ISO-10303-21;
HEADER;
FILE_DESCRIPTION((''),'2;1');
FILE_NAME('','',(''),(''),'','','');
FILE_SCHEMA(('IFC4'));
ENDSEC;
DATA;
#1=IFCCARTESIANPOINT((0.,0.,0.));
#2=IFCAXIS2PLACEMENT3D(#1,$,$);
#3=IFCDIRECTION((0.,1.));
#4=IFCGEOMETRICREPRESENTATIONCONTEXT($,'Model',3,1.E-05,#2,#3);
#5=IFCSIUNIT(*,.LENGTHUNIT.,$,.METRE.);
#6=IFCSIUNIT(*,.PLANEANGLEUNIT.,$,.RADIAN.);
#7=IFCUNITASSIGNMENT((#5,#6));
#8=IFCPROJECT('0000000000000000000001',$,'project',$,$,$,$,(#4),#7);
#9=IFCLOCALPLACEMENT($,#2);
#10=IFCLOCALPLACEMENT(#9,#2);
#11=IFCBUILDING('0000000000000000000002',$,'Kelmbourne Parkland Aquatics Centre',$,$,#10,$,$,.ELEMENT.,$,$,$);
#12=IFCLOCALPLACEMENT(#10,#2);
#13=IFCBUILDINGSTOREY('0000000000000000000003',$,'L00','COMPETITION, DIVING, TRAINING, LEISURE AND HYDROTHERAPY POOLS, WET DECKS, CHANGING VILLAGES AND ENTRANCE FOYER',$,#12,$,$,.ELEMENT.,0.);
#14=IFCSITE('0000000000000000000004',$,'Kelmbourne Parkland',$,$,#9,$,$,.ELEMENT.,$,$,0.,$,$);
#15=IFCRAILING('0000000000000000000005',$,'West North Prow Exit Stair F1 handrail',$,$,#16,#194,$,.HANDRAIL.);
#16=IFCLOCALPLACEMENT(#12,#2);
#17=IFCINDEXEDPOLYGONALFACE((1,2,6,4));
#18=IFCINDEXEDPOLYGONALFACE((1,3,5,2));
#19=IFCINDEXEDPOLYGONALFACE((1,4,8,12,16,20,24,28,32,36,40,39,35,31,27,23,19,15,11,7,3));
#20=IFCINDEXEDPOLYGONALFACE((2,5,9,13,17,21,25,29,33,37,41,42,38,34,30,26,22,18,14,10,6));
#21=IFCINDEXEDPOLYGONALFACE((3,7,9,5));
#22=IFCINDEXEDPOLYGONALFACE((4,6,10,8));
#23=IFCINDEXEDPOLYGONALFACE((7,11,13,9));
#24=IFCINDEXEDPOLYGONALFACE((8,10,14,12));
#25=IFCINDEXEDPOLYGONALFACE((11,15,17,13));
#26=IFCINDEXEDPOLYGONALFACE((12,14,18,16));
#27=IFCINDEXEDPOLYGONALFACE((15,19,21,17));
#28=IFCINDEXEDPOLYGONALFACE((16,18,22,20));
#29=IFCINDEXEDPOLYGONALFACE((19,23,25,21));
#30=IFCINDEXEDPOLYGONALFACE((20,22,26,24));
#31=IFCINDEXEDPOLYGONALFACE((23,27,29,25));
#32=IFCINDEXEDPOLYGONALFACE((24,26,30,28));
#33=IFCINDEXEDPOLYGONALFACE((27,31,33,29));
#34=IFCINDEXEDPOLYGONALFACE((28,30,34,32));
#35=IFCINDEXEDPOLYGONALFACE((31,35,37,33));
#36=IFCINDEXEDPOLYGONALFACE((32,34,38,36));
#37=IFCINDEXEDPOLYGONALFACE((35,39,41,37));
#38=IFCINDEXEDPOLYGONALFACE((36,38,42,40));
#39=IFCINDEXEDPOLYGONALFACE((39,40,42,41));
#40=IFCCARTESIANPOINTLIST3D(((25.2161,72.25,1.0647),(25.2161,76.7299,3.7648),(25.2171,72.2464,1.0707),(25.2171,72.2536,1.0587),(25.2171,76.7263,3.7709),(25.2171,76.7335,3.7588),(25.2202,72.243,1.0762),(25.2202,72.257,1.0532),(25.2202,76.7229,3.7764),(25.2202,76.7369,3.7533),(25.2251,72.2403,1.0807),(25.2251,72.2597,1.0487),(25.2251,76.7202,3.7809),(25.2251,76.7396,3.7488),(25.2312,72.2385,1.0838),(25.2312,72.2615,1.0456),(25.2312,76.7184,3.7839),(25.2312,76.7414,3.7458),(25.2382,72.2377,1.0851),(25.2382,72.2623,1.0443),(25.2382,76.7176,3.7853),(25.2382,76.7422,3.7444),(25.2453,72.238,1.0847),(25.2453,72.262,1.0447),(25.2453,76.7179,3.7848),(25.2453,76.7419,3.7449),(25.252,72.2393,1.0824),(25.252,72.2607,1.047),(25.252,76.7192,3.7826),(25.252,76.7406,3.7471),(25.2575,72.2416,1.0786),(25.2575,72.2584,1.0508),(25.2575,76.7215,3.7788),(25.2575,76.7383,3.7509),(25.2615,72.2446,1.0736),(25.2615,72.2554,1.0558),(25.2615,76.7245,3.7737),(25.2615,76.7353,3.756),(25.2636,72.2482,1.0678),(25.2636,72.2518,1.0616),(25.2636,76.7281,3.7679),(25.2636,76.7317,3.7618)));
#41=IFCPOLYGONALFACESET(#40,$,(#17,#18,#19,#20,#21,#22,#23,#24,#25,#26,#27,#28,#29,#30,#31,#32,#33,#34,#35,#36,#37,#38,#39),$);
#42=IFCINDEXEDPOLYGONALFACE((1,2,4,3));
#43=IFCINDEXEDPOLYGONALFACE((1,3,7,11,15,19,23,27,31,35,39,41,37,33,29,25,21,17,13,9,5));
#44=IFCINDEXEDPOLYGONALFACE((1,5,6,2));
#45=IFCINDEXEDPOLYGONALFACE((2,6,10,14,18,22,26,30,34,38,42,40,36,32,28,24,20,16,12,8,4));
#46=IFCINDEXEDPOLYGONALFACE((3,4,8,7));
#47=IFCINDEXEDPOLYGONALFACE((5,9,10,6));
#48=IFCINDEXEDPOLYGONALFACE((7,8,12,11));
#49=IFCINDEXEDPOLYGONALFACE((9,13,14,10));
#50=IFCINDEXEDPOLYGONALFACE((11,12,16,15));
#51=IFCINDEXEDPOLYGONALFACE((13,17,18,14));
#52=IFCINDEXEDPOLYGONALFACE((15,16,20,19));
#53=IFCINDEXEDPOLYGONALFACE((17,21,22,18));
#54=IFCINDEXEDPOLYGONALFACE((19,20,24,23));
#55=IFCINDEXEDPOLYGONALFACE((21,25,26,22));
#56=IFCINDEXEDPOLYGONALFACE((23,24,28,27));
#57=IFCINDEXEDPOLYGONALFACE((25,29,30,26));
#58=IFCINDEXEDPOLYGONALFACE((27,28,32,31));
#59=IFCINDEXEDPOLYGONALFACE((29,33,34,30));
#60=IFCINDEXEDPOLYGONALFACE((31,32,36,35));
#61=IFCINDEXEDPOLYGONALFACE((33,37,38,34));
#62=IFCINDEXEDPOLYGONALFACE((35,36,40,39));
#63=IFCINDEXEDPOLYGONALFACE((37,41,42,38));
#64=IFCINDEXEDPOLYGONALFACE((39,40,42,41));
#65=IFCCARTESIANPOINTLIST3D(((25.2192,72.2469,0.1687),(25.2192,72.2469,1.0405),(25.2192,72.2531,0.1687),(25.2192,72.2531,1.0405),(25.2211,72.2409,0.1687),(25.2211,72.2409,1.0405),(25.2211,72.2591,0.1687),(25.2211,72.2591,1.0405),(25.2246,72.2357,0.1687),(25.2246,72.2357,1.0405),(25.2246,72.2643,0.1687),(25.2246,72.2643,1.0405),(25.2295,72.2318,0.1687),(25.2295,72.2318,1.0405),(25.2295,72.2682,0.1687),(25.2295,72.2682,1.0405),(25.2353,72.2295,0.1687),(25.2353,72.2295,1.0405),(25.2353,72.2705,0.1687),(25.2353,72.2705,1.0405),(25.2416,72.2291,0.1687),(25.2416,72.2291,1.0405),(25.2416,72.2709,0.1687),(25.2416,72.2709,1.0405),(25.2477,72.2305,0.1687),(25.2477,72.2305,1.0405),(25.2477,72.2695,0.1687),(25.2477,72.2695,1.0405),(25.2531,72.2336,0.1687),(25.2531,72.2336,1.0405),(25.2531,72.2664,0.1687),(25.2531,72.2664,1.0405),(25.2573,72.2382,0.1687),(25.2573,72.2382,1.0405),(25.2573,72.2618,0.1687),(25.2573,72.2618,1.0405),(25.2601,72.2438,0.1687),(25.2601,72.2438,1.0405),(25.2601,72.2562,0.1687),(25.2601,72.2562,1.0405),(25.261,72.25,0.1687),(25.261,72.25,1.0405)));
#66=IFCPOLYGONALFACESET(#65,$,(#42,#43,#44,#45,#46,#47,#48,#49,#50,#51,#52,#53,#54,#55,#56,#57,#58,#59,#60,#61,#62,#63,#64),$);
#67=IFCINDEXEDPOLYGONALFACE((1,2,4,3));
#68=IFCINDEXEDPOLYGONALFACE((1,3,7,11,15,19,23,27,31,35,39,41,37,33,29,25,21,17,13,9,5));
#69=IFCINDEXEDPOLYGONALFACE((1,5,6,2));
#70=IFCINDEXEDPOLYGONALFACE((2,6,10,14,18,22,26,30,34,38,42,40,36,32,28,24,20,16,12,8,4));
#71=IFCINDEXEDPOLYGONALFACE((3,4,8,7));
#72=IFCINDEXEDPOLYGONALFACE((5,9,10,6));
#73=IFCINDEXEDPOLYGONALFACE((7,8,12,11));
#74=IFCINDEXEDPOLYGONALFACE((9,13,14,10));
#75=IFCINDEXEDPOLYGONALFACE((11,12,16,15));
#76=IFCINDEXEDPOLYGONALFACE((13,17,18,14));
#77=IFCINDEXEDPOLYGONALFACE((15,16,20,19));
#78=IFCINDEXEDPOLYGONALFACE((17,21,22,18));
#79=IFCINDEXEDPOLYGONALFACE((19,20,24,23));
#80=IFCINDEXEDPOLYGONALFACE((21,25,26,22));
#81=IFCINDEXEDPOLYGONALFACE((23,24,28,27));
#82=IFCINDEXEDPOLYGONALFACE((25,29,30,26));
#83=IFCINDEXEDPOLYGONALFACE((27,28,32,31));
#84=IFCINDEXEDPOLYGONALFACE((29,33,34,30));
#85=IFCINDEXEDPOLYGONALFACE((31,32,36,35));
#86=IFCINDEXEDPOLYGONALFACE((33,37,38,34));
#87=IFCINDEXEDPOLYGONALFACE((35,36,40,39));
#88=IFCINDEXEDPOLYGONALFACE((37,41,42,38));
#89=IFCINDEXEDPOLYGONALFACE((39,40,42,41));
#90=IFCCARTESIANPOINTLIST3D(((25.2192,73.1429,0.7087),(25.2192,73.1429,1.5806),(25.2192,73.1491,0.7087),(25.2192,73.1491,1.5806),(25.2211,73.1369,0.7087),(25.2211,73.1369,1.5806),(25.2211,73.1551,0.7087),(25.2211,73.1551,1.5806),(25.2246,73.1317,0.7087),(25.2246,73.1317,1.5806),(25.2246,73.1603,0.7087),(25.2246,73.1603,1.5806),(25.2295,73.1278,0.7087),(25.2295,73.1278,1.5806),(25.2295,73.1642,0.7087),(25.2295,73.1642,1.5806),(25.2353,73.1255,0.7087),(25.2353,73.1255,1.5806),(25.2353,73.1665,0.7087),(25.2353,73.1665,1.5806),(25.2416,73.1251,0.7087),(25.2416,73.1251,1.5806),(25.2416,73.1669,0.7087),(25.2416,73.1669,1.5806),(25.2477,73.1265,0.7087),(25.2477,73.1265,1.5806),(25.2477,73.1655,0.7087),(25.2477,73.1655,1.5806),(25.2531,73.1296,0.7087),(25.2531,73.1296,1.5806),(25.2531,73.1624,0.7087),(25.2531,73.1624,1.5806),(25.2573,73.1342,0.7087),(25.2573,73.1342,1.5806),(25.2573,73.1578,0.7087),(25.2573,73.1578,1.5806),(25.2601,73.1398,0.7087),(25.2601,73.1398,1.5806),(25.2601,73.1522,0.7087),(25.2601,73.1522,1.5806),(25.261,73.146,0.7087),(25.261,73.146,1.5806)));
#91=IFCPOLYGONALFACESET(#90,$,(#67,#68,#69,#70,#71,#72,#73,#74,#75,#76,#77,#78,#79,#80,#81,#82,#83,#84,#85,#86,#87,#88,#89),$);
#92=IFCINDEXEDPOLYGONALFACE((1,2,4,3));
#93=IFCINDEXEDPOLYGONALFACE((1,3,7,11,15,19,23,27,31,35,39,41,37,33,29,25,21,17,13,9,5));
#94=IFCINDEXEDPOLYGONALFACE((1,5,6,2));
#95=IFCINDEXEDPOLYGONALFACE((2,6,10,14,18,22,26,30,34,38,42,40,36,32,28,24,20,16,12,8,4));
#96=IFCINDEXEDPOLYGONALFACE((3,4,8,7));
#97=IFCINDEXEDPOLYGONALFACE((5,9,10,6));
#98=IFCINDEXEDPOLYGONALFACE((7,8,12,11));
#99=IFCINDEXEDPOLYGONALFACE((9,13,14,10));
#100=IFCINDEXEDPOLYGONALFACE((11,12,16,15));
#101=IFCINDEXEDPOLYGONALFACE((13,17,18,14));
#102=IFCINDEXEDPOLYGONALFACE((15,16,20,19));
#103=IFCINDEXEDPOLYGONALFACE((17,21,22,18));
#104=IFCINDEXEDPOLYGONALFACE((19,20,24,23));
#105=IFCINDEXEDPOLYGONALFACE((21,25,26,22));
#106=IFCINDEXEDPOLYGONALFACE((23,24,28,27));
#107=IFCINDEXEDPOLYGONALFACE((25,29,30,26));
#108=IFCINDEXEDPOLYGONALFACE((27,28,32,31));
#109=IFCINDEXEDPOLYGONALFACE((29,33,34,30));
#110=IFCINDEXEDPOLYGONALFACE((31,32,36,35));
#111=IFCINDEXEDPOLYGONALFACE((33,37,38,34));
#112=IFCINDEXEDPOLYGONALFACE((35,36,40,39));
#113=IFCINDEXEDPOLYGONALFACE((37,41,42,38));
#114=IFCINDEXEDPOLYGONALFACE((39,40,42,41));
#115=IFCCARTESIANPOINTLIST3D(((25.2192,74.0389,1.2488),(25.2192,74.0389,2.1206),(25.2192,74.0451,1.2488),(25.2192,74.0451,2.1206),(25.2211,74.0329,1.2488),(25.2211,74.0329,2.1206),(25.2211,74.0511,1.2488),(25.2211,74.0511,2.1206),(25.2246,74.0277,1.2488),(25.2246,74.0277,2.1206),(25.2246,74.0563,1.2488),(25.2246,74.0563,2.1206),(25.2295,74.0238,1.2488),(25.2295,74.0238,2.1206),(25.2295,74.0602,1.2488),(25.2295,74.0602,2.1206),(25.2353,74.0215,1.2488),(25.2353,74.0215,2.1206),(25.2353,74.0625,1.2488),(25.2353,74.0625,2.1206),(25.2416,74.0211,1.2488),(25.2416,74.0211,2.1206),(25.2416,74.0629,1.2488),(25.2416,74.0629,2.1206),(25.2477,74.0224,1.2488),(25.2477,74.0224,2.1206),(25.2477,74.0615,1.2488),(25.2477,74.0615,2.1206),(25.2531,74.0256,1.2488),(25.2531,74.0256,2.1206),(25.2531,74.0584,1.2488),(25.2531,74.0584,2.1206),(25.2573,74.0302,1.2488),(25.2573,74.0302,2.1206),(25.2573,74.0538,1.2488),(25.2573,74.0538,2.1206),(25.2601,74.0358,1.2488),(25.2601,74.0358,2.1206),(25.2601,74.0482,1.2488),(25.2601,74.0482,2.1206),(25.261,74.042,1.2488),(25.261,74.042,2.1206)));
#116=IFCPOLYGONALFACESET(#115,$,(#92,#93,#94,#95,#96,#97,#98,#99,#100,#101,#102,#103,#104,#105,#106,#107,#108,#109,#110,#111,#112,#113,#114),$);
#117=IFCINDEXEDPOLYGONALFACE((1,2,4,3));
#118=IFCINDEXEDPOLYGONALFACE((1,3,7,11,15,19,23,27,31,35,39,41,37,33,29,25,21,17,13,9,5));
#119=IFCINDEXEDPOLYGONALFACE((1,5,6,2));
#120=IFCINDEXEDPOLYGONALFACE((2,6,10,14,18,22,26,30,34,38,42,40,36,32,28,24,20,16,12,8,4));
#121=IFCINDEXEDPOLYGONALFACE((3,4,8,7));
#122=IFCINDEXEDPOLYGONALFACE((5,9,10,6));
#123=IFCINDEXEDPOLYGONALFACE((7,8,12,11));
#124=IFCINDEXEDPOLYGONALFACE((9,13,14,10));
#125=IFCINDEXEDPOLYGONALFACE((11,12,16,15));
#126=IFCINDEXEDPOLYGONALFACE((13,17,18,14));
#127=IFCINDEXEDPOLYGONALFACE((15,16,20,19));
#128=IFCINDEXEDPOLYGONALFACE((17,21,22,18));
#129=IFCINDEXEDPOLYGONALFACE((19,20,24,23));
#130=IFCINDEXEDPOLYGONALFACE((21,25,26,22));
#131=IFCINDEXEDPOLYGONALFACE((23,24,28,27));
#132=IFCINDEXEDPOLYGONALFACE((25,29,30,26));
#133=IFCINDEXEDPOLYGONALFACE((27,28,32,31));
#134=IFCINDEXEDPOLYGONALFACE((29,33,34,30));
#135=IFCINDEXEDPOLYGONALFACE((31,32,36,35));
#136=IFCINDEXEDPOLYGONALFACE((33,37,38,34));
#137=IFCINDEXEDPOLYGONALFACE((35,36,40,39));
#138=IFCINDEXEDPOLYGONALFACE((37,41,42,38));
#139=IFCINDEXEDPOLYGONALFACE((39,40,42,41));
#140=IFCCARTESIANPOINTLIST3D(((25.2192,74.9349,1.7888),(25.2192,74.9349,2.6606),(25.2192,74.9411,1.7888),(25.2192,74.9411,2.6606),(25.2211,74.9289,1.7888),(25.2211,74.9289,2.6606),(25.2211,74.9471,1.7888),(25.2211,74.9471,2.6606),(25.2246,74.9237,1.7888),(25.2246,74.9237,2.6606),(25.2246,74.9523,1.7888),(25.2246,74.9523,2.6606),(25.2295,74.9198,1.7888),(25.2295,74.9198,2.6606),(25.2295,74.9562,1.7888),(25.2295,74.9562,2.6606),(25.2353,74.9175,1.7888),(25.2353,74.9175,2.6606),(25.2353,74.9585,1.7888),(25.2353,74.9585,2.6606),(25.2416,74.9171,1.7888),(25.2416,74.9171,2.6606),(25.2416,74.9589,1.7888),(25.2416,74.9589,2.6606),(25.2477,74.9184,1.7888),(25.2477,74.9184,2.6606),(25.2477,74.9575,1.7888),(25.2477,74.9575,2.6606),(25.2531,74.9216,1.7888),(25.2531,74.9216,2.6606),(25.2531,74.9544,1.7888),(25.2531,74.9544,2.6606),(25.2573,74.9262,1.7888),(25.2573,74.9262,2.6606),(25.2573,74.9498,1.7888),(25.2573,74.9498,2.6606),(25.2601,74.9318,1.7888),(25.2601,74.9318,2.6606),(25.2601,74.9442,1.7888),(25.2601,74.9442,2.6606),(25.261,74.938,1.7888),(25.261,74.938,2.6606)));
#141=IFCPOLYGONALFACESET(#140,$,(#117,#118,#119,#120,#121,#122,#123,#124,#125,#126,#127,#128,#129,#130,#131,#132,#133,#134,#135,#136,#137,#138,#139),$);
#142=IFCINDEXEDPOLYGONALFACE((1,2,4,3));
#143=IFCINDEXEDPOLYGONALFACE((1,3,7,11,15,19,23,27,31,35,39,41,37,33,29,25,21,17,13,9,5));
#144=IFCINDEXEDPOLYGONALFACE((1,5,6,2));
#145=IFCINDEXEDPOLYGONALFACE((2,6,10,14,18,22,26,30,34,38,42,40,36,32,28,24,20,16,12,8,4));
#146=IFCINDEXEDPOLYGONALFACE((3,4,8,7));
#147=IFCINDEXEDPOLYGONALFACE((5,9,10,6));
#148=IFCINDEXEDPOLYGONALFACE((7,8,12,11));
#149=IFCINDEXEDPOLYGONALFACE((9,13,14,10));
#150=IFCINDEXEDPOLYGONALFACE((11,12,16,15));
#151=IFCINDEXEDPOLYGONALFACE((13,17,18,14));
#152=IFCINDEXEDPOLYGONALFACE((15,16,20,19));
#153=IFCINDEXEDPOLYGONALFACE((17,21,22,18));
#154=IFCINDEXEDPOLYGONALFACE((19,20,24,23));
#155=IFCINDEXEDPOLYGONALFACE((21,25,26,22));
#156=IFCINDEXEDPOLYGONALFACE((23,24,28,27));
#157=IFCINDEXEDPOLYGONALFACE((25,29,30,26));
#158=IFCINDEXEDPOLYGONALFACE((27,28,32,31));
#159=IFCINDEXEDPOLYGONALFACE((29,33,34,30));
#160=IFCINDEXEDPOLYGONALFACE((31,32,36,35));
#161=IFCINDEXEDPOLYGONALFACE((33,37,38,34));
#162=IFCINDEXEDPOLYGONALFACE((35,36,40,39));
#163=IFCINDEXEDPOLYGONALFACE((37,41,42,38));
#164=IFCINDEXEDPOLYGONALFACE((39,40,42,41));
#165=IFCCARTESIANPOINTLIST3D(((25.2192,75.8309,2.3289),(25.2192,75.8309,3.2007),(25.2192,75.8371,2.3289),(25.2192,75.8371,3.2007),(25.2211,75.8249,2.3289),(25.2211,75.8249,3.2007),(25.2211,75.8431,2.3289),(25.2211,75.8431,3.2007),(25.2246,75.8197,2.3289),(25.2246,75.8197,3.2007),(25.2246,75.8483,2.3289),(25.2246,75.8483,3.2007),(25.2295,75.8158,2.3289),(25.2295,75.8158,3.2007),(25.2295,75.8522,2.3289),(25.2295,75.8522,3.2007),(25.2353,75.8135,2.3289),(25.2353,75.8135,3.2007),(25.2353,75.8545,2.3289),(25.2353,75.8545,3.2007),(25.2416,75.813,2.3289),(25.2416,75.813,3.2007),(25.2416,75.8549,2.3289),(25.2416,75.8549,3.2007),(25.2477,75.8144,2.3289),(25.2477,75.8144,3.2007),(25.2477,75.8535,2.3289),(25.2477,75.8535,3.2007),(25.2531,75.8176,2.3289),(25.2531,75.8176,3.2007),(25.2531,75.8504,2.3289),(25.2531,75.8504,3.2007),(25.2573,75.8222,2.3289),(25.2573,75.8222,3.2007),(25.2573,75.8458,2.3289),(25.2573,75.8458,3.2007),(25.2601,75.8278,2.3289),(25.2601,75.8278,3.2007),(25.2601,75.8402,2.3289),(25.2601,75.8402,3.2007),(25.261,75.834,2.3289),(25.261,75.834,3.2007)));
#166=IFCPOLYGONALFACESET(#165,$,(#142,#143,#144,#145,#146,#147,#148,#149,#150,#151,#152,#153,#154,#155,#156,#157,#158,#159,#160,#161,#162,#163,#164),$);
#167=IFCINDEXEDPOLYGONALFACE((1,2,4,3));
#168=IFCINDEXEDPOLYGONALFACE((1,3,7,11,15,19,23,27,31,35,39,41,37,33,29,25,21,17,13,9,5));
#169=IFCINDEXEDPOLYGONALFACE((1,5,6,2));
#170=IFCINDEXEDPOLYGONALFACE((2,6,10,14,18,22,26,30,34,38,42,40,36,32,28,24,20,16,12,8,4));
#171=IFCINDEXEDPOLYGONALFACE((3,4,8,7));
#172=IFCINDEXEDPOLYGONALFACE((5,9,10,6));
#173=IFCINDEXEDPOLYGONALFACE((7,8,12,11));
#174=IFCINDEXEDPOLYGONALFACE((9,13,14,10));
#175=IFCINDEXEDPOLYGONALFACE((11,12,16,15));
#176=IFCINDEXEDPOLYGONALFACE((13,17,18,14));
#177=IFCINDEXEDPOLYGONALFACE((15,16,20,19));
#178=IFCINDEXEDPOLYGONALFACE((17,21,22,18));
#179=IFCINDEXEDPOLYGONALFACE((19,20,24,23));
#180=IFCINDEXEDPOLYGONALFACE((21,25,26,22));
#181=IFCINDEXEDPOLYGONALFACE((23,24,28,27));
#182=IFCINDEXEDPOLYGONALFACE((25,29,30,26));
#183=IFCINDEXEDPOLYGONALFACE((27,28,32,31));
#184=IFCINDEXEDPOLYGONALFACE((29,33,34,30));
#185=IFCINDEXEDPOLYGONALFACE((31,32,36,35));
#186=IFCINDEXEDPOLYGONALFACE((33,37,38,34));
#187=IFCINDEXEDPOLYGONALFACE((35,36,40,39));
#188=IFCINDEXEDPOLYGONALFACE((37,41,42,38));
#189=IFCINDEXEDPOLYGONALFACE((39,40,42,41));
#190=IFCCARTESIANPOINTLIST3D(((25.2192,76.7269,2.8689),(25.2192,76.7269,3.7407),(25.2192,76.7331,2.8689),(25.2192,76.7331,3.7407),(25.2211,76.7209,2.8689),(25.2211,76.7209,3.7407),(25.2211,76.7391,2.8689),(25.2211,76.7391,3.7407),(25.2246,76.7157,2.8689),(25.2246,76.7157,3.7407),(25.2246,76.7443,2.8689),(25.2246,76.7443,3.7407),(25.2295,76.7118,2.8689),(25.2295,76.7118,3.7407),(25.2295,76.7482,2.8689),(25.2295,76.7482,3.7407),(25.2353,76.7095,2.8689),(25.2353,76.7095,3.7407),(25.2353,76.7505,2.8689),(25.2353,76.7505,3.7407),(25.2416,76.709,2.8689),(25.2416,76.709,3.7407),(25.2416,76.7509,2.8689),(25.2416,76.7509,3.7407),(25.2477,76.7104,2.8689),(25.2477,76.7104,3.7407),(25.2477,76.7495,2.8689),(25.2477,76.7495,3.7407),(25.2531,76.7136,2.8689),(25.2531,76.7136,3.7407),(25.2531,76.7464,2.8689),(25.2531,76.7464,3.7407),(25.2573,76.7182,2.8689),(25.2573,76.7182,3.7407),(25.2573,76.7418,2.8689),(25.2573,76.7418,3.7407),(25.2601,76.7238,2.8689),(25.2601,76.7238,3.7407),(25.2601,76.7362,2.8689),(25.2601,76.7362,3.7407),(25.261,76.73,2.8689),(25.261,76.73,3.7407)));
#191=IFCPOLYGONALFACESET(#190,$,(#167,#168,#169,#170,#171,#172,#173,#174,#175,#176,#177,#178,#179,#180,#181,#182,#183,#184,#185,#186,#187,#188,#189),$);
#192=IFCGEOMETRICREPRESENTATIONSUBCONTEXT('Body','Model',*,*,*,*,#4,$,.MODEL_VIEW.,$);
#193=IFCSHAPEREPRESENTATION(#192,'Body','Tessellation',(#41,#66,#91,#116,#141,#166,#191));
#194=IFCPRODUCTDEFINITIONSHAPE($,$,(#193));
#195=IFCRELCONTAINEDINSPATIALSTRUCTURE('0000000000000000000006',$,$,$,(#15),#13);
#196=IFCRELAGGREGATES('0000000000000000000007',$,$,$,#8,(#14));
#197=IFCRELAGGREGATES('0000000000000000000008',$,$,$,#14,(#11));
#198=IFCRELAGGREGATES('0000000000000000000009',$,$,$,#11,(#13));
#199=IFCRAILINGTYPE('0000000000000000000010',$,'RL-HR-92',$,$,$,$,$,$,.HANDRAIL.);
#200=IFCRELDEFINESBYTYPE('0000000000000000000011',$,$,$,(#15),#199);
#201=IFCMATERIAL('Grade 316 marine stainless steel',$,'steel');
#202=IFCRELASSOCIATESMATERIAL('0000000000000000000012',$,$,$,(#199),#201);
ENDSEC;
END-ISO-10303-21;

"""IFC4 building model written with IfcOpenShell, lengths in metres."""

from ifc_helpers import new_model, si_unit, direction, frame, origin, origin_2d, place, context, subcontext, project, spatial, circle, extrude, material, type_object, element, save


model = new_model("IFC4")

# Units and contexts
model_context = context("Model", 3, precision=1e-05, world=origin(), true_north=direction((0.0, 1.0)))
body_context = subcontext(model_context, "Body", "Model", "MODEL_VIEW")
ifc_project = project(units=[si_unit("LENGTHUNIT", "METRE"), si_unit("PLANEANGLEUNIT", "RADIAN")], contexts=[model_context])

# Site, building, storey
site_placement = place(None, origin())
site = spatial("IfcSite", under=ifc_project, at=site_placement, Name="Kelmbourne Parkland", CompositionType="ELEMENT", RefElevation=0.0)
building_placement = place(site_placement, origin())
building = spatial("IfcBuilding", under=site, at=building_placement, Name="Kelmbourne Parkland Aquatics Centre", CompositionType="ELEMENT")
storey_placement = place(building_placement, origin())
storey = spatial("IfcBuildingStorey", under=building, at=storey_placement, Name="L00", Description="COMPETITION, DIVING, TRAINING, LEISURE AND HYDROTHERAPY POOLS, WET DECKS, CHANGING VILLAGES AND ENTRANCE FOYER", CompositionType="ELEMENT", Elevation=0.0)

# Railing
ifc_material_1 = material(Name="Grade 316 marine stainless steel", Category="steel")
railing_type_1 = type_object("IfcRailingType", Name="RL-HR-92", PredefinedType="HANDRAIL", material=ifc_material_1)
railing_1_placement = place(storey_placement, frame((25.24, 72.25, 0.1687)))
element("IfcRailing", 1, at=railing_1_placement, inside=storey, type_object=railing_type_1, Name="West North Prow Exit Stair F1 handrail", PredefinedType="HANDRAIL", context=body_context, shape_type="SweptSolid", body=[
    extrude(circle(Radius=0.0239, at=origin_2d()), frame((0.0, 0.0, 0.896), z_axis=(0.0, 0.856462, 0.516211), x_axis=(-1.0, 0.0, 0.0)), (0.0, 0.0, 1.0), 5.2307),
    extrude(circle(Radius=0.021, at=origin_2d()), origin(), (0.0, 0.0, 1.0), 0.8718),
    extrude(circle(Radius=0.021, at=origin_2d()), frame((0.0, 0.896, 0.54)), (0.0, 0.0, 1.0), 0.8718),
    extrude(circle(Radius=0.021, at=origin_2d()), frame((0.0, 1.792, 1.0801)), (0.0, 0.0, 1.0), 0.8718),
    extrude(circle(Radius=0.021, at=origin_2d()), frame((0.0, 2.688, 1.6201)), (0.0, 0.0, 1.0), 0.8718),
    extrude(circle(Radius=0.021, at=origin_2d()), frame((0.0, 3.584, 2.1602)), (0.0, 0.0, 1.0), 0.8718),
    extrude(circle(Radius=0.021, at=origin_2d()), frame((0.0, 4.48, 2.7002)), (0.0, 0.0, 1.0), 0.8718),
])

save(model, "model.ifc")
